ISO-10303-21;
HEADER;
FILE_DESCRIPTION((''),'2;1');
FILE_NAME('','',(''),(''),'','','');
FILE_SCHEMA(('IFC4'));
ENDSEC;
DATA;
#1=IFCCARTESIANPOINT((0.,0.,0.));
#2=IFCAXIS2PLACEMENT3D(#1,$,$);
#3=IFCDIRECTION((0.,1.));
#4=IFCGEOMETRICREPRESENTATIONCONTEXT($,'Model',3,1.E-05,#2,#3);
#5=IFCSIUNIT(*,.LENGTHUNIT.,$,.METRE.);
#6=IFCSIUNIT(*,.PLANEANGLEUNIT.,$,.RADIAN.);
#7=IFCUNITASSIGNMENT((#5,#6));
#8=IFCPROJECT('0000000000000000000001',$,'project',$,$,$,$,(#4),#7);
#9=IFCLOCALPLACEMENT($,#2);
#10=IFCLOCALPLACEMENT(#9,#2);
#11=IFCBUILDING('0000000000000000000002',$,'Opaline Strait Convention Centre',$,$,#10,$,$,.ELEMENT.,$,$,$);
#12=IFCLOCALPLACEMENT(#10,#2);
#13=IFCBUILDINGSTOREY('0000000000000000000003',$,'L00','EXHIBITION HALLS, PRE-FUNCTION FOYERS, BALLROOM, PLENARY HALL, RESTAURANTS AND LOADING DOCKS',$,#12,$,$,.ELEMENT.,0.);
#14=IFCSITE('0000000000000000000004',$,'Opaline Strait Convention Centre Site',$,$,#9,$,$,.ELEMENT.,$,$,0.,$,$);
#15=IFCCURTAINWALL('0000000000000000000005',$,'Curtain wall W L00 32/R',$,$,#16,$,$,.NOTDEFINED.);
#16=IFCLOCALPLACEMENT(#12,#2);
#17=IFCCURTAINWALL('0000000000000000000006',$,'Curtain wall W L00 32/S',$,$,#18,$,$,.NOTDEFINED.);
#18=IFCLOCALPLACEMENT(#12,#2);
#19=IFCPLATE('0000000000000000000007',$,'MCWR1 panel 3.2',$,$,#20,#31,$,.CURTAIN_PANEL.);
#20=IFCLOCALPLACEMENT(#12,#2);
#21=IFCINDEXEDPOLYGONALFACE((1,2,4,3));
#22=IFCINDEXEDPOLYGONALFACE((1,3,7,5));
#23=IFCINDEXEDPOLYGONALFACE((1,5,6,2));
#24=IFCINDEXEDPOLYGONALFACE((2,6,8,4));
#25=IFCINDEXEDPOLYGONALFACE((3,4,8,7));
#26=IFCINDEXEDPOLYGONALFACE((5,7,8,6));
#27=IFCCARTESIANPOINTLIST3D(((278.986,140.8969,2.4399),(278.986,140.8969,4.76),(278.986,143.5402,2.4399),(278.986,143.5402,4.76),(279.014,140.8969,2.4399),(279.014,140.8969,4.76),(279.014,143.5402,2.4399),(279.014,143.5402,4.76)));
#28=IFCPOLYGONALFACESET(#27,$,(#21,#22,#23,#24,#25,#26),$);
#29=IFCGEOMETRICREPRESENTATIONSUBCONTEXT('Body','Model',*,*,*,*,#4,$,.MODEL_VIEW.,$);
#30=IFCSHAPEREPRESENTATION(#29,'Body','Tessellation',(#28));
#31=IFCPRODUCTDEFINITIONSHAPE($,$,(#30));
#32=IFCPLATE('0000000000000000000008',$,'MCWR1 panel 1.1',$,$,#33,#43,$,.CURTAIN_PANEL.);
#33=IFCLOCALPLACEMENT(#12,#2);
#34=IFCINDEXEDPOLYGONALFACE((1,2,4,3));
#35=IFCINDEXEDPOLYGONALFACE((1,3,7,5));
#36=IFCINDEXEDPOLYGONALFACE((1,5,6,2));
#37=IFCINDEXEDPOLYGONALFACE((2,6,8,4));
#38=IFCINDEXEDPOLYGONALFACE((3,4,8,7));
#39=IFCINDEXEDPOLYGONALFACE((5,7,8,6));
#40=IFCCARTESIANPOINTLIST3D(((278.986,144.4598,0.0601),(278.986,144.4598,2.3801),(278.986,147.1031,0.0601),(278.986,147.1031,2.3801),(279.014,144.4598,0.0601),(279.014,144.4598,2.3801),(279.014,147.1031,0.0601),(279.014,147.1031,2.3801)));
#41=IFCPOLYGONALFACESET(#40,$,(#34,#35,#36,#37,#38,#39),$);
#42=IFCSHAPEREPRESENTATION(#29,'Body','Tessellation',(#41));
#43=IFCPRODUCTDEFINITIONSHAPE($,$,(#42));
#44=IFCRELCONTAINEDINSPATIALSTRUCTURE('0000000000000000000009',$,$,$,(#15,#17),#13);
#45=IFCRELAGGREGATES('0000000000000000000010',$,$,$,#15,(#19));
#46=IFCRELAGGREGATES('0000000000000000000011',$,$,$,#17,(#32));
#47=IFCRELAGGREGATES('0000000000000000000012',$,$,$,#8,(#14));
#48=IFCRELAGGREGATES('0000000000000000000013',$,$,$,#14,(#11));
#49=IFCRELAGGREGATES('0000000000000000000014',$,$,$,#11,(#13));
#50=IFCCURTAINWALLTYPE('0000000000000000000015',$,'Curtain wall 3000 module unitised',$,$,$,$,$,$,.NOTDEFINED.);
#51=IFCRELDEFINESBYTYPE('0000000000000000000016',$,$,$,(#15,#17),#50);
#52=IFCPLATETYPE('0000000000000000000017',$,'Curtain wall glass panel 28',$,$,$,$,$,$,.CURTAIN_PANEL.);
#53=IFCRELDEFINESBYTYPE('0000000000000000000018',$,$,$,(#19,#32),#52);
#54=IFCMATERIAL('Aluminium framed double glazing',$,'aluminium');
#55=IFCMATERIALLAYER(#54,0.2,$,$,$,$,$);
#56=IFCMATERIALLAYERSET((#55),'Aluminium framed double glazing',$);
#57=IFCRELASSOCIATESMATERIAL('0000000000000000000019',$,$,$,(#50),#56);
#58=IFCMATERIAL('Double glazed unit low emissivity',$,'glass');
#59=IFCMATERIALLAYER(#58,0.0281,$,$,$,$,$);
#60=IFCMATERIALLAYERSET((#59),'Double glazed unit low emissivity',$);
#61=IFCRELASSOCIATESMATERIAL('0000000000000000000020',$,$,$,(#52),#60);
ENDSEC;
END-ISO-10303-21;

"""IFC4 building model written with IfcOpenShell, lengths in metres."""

from ifc_helpers import new_model, si_unit, direction, frame, origin, origin_2d, place, context, subcontext, project, spatial, rectangle, extrude, material, layer, layer_set, type_object, element, aggregate, save


model = new_model("IFC4")

# Units and contexts
model_context = context("Model", 3, precision=1e-05, world=origin(), true_north=direction((0.0, 1.0)))
body_context = subcontext(model_context, "Body", "Model", "MODEL_VIEW")
ifc_project = project(units=[si_unit("LENGTHUNIT", "METRE"), si_unit("PLANEANGLEUNIT", "RADIAN")], contexts=[model_context])

# Site, building, storey
site_placement = place(None, origin())
site = spatial("IfcSite", under=ifc_project, at=site_placement, Name="Opaline Strait Convention Centre Site", CompositionType="ELEMENT", RefElevation=0.0)
building_placement = place(site_placement, origin())
building = spatial("IfcBuilding", under=site, at=building_placement, Name="Opaline Strait Convention Centre", CompositionType="ELEMENT")
storey_placement = place(building_placement, origin())
storey = spatial("IfcBuildingStorey", under=building, at=storey_placement, Name="L00", Description="EXHIBITION HALLS, PRE-FUNCTION FOYERS, BALLROOM, PLENARY HALL, RESTAURANTS AND LOADING DOCKS", CompositionType="ELEMENT", Elevation=0.0)

# Curtain wall
ifc_material_1 = material(Name="Aluminium framed double glazing", Category="aluminium")
ifc_layer_1 = layer(ifc_material_1, 0.2)
ifc_layer_set_1 = layer_set([ifc_layer_1], Name="Aluminium framed double glazing")
curtain_wall_type = type_object("IfcCurtainWallType", Name="Curtain wall 3000 module unitised", PredefinedType="NOTDEFINED", material=ifc_layer_set_1)
curtain_wall_1_placement = place(storey_placement, origin())
curtain_wall_1 = element("IfcCurtainWall", 1, at=curtain_wall_1_placement, inside=storey, type_object=curtain_wall_type, Name="Curtain wall W L00 32/R", PredefinedType="NOTDEFINED")

# Curtain wall
curtain_wall_2_placement = place(storey_placement, origin())
curtain_wall_2 = element("IfcCurtainWall", 2, at=curtain_wall_2_placement, inside=storey, type_object=curtain_wall_type, Name="Curtain wall W L00 32/S", PredefinedType="NOTDEFINED")

# Plates
ifc_material_2 = material(Name="Double glazed unit low emissivity", Category="glass")
ifc_layer_2 = layer(ifc_material_2, 0.0281)
ifc_layer_set_2 = layer_set([ifc_layer_2], Name="Double glazed unit low emissivity")
plate_type = type_object("IfcPlateType", Name="Curtain wall glass panel 28", PredefinedType="CURTAIN_PANEL", material=ifc_layer_set_2)
plate_1_placement = place(storey_placement, frame((279.0, 142.2185, 2.4399), z_axis=(0.0, 0.0, 1.0), x_axis=(0.0, 1.0, 0.0)))
plate_1 = element("IfcPlate", 3, at=plate_1_placement, type_object=plate_type, Name="MCWR1 panel 3.2", PredefinedType="CURTAIN_PANEL", context=body_context, shape_type="SweptSolid", body=[
    extrude(rectangle(XDim=2.6433, YDim=0.0281, at=origin_2d()), origin(), (0.0, 0.0, 1.0), 2.3201),
])
aggregate(curtain_wall_1, [plate_1])
plate_2_placement = place(storey_placement, frame((279.0, 145.7815, 0.0601), z_axis=(0.0, 0.0, 1.0), x_axis=(0.0, 1.0, 0.0)))
plate_2 = element("IfcPlate", 4, at=plate_2_placement, type_object=plate_type, Name="MCWR1 panel 1.1", PredefinedType="CURTAIN_PANEL", context=body_context, shape_type="SweptSolid", body=[
    extrude(rectangle(XDim=2.6433, YDim=0.0281, at=origin_2d()), origin(), (0.0, 0.0, 1.0), 2.3201),
])
aggregate(curtain_wall_2, [plate_2])

save(model, "model.ifc")
